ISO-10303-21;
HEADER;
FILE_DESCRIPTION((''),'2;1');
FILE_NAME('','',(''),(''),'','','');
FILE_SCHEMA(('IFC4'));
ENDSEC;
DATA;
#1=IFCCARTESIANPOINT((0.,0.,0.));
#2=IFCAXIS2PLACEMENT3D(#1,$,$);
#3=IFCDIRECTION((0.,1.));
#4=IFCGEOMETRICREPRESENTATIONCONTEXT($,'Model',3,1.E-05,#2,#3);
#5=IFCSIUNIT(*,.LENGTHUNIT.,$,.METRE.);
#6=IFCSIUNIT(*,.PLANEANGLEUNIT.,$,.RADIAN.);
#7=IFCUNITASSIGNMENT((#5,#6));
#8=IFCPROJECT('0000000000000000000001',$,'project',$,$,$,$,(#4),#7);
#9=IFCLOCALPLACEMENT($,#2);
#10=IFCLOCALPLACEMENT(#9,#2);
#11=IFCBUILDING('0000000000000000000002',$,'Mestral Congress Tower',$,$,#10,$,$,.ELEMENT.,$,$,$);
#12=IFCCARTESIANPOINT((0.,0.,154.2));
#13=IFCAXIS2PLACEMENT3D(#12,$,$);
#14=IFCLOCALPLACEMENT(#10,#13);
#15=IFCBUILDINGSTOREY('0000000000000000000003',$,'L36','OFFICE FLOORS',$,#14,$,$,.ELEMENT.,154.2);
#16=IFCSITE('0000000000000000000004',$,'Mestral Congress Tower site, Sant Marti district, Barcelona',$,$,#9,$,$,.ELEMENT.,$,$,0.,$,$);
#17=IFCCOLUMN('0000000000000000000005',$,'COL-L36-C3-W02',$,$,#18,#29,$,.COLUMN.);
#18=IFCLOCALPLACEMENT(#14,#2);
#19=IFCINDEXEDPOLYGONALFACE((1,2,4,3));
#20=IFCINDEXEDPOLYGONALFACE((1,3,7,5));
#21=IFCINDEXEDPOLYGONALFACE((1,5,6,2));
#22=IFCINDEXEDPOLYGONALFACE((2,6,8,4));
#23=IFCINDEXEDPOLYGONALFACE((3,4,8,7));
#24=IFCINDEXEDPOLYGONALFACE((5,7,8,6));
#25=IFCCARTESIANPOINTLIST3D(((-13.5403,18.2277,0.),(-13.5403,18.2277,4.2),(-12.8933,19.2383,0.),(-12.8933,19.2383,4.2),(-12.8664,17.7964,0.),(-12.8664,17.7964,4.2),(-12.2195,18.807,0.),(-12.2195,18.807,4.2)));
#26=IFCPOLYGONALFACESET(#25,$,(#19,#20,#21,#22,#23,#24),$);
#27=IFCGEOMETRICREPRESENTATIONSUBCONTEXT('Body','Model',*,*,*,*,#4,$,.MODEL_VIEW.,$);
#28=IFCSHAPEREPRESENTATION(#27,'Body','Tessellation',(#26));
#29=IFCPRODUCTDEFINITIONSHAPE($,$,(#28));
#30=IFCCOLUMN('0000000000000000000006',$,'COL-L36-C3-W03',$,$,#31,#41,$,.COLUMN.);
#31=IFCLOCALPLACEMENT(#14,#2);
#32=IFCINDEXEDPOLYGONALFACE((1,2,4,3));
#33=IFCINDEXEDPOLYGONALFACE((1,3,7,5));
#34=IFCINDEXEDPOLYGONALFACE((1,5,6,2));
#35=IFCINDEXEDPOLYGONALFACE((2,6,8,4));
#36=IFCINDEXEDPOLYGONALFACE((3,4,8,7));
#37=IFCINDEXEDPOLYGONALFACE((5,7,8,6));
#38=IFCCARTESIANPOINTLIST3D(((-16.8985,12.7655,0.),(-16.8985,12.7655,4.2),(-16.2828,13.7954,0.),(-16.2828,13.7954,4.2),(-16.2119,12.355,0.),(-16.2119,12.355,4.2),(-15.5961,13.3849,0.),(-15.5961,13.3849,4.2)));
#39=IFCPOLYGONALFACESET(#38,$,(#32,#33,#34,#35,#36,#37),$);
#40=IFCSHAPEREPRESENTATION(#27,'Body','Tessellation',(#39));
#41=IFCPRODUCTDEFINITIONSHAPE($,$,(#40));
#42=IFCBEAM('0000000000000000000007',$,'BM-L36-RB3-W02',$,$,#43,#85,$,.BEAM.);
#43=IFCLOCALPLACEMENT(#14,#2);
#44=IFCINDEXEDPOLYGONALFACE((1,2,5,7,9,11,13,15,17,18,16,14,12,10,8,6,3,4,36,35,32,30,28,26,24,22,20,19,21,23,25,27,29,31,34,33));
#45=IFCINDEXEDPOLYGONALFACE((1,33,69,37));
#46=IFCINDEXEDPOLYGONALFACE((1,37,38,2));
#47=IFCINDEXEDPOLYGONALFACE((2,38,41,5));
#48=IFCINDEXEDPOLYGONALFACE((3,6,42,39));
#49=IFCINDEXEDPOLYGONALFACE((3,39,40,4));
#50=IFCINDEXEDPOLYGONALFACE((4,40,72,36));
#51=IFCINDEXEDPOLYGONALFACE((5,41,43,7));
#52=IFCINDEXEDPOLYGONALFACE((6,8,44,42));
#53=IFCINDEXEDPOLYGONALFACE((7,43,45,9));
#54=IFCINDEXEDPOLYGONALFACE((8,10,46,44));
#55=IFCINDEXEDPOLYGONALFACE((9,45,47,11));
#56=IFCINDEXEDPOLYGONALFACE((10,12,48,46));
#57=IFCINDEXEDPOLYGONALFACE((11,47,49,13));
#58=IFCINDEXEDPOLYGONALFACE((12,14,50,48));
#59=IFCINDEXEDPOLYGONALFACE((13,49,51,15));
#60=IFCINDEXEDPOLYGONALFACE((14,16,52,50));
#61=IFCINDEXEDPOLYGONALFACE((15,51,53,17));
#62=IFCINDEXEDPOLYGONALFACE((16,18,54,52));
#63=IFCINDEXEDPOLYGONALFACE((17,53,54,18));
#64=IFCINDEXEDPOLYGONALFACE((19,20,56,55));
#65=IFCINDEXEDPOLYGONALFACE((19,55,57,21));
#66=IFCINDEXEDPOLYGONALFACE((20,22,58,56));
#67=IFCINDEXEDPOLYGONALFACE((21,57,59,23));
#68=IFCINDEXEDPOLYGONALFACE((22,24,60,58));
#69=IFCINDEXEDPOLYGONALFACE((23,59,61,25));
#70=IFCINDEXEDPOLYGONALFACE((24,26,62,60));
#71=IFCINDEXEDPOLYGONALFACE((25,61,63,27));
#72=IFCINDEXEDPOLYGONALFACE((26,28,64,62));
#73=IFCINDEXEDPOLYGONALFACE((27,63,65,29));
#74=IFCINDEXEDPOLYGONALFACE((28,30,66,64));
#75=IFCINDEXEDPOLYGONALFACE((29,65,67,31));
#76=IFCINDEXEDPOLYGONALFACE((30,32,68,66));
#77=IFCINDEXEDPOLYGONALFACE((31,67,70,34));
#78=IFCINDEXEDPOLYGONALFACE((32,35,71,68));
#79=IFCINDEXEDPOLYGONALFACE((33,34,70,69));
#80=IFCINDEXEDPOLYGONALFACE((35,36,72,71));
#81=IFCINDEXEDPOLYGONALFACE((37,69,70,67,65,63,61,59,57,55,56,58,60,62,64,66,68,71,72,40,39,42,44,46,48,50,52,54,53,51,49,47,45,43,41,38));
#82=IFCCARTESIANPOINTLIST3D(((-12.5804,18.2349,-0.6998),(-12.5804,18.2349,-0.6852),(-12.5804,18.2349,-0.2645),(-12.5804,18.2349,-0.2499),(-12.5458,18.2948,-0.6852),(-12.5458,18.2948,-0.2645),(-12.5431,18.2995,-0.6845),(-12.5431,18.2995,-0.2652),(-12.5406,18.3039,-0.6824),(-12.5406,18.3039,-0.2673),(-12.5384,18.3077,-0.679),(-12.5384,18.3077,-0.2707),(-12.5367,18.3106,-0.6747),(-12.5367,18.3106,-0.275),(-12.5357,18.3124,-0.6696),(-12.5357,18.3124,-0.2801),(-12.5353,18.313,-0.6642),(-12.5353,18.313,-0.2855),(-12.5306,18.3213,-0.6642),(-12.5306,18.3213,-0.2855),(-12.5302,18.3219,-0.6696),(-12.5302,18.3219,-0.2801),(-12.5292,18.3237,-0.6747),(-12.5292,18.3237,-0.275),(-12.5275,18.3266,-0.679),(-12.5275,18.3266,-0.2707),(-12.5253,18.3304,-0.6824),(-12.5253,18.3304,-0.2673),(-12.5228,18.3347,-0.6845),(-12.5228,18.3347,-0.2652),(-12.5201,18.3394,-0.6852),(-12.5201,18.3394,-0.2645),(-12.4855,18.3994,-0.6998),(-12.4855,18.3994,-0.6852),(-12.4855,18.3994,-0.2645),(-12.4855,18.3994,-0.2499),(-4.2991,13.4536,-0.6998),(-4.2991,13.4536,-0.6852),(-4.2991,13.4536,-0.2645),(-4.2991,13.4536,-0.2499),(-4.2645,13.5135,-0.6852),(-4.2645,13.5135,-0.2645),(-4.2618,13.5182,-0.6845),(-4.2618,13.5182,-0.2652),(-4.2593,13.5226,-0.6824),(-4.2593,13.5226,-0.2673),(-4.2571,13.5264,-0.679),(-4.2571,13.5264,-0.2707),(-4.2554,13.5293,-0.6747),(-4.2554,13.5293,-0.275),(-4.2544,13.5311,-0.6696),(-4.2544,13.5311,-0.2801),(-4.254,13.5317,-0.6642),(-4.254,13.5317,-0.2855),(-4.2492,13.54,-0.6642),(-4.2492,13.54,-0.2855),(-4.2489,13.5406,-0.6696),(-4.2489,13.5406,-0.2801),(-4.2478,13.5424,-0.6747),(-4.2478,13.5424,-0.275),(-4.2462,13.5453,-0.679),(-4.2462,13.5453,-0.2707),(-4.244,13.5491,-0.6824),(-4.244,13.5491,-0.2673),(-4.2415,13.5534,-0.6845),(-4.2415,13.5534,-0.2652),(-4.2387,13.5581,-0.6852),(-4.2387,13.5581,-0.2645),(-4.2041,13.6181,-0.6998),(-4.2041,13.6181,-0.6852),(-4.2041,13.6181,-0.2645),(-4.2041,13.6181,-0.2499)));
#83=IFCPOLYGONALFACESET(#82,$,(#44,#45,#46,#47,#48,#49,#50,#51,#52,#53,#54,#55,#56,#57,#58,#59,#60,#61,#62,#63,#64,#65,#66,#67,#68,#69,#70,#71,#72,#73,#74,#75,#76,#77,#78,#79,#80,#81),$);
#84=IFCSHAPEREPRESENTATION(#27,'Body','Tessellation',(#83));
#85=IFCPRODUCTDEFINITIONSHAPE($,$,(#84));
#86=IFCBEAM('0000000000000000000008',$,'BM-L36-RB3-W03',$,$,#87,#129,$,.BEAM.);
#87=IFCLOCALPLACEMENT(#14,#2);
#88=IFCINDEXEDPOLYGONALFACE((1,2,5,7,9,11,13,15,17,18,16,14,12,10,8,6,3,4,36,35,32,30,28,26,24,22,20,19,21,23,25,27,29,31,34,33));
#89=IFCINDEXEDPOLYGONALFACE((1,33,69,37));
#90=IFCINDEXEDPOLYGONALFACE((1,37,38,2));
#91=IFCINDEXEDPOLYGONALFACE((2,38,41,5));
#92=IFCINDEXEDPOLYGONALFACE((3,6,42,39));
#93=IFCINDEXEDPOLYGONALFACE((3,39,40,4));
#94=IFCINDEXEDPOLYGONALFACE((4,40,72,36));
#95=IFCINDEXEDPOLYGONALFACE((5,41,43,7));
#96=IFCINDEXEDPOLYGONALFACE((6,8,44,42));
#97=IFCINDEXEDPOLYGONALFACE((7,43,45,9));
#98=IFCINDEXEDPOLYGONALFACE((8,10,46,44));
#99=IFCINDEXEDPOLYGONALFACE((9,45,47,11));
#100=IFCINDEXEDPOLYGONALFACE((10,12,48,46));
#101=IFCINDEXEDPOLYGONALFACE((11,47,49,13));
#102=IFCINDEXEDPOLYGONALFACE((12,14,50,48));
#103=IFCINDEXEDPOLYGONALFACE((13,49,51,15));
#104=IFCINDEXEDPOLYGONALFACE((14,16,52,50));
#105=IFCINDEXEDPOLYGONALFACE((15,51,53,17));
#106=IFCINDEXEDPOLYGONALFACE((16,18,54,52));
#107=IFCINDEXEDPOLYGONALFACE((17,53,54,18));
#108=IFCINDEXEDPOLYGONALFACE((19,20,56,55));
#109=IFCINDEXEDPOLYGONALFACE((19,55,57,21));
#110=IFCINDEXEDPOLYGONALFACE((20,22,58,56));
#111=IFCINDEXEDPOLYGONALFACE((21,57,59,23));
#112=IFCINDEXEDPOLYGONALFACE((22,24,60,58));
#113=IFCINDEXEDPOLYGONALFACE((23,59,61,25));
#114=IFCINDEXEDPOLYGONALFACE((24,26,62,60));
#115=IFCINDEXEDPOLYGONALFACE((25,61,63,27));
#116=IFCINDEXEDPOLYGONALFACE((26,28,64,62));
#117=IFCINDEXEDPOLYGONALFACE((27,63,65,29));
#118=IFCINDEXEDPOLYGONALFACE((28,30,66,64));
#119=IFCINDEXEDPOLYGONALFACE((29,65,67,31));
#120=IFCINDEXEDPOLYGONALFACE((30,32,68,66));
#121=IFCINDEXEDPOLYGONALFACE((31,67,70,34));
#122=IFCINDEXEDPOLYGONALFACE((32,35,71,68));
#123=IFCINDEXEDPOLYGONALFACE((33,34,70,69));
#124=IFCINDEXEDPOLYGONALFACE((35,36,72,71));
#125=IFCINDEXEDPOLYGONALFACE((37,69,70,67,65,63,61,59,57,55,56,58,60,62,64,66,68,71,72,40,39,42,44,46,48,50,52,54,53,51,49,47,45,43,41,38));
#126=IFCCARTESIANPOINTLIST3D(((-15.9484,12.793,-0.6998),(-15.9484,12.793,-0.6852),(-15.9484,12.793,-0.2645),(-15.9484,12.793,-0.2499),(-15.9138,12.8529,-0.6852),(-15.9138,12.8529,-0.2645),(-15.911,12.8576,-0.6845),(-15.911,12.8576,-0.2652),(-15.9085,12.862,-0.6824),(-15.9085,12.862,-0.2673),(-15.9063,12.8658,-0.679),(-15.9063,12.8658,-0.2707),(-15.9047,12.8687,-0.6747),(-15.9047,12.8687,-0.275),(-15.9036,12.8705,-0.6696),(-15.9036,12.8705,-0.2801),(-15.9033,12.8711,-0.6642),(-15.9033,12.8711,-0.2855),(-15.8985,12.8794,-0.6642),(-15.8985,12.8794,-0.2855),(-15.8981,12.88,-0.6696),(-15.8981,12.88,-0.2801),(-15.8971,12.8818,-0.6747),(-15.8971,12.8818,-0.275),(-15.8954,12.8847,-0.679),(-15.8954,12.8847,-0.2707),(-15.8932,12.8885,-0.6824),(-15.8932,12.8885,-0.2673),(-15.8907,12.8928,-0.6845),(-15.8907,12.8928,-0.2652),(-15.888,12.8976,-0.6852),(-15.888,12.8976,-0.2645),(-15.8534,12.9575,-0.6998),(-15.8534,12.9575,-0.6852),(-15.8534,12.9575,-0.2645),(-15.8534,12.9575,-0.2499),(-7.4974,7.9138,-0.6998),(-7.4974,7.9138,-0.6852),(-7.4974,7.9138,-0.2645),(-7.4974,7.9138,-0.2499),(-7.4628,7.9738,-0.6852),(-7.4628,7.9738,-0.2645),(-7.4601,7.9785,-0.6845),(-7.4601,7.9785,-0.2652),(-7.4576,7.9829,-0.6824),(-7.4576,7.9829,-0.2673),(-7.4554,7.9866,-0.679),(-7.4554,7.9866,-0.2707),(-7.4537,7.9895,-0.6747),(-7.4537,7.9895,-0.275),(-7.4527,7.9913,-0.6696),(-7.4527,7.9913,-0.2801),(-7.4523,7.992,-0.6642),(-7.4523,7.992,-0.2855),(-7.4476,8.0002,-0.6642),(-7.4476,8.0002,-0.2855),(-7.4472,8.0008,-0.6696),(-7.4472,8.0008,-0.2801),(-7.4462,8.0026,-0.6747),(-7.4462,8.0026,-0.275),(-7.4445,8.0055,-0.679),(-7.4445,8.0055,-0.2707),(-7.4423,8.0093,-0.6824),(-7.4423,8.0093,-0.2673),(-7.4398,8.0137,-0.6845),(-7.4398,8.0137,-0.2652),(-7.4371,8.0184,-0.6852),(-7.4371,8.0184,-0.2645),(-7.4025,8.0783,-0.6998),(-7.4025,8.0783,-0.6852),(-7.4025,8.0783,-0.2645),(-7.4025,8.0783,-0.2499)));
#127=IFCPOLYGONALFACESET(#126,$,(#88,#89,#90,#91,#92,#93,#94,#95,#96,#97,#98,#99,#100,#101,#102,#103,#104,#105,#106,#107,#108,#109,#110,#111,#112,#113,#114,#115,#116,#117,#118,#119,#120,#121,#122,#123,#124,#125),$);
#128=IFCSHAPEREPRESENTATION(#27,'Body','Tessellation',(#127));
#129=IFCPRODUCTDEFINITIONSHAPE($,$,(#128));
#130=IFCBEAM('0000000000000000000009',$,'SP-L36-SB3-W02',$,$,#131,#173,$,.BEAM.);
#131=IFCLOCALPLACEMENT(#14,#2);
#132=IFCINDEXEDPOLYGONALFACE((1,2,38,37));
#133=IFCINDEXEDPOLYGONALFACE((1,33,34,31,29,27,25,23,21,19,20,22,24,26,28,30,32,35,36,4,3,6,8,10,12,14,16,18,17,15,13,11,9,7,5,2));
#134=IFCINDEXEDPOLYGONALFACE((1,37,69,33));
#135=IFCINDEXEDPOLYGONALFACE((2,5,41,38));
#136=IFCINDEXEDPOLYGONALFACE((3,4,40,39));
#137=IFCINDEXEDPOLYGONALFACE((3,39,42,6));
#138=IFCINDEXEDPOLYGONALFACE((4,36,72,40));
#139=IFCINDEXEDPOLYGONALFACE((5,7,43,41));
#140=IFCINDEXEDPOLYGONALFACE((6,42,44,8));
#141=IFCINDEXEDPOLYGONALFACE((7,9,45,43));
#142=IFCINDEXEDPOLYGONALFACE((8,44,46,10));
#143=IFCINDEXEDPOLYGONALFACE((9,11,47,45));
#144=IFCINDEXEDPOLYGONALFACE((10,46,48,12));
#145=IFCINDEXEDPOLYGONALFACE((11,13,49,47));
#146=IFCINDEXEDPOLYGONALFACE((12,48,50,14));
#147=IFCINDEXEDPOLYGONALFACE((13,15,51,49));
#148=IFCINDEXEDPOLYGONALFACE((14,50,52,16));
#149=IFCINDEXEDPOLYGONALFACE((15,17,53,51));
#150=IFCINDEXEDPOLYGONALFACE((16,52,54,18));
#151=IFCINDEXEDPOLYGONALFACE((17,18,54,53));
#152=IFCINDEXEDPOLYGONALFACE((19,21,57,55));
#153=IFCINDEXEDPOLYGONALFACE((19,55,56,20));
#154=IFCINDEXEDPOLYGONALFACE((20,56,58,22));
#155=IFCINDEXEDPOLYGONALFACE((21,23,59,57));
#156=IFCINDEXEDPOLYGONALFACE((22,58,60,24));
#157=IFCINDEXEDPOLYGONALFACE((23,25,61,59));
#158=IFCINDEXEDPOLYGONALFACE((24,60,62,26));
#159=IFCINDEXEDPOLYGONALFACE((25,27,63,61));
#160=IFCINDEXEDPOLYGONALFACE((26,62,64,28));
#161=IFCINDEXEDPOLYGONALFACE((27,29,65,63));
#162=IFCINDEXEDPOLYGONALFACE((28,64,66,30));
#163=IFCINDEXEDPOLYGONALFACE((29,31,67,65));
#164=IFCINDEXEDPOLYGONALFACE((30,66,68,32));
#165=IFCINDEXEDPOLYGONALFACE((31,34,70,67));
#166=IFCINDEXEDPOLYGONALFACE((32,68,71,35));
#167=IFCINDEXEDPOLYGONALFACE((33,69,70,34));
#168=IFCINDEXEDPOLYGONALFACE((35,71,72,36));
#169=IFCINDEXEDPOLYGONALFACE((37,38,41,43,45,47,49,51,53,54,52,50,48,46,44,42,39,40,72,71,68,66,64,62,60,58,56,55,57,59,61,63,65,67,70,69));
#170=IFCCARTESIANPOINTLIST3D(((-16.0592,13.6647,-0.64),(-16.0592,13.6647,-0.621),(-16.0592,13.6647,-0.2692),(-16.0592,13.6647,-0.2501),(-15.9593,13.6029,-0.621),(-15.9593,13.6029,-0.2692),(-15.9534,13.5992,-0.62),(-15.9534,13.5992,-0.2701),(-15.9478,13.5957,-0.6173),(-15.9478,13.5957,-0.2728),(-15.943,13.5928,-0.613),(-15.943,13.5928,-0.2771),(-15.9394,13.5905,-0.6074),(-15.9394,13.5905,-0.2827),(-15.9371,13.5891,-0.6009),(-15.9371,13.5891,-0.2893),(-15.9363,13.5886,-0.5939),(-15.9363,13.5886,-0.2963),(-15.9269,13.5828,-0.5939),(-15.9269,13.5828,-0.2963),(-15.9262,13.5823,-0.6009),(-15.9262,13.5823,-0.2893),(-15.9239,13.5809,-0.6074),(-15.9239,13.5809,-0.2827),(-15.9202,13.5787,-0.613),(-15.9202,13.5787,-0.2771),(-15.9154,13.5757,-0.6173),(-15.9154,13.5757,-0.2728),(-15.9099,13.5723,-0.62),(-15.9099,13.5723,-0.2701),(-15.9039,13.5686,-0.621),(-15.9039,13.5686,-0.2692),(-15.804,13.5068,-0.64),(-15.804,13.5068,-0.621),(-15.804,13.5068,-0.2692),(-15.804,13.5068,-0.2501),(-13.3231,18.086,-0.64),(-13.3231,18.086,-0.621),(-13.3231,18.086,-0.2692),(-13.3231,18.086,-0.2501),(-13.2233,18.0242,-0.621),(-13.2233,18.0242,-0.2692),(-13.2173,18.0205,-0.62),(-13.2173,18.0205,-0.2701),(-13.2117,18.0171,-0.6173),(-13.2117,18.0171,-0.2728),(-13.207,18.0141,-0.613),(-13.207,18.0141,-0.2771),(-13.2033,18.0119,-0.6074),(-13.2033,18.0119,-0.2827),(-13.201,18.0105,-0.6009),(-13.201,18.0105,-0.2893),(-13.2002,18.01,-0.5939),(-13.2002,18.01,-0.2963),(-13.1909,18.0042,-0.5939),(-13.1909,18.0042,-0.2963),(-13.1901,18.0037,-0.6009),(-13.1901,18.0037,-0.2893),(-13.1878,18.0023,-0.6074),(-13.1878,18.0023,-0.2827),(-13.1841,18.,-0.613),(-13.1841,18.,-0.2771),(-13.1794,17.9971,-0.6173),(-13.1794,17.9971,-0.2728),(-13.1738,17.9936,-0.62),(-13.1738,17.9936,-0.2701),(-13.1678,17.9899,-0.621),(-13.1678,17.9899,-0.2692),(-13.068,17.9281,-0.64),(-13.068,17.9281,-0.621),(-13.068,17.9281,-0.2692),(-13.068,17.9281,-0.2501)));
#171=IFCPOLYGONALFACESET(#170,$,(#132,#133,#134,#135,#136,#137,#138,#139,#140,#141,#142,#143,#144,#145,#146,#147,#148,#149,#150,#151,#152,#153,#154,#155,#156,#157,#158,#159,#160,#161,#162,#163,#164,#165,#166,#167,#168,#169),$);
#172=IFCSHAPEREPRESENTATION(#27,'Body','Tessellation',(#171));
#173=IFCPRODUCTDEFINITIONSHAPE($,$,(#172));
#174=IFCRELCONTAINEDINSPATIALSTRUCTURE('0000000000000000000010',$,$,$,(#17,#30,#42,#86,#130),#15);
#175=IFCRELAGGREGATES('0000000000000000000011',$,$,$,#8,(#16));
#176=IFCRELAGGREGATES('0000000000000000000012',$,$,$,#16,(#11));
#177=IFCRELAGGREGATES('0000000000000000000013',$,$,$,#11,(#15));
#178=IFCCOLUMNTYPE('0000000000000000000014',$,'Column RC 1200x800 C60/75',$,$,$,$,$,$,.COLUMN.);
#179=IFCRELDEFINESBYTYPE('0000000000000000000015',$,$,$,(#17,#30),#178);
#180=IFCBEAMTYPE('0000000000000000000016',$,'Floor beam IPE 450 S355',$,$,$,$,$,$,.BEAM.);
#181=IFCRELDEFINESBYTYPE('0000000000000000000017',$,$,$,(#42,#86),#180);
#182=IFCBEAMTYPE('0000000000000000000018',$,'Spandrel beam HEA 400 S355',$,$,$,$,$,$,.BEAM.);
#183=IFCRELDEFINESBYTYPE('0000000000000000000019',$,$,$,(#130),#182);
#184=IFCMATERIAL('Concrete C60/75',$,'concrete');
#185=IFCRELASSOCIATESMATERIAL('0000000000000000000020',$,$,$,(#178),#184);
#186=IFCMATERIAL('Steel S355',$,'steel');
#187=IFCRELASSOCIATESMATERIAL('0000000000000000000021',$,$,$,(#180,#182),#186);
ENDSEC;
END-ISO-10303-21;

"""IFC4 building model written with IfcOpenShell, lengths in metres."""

from ifc_helpers import new_model, si_unit, direction, frame, origin, origin_2d, place, context, subcontext, project, spatial, rectangle, i_section, extrude, material, material_profile, profile_set, type_object, element, save


model = new_model("IFC4")

# Units and contexts
model_context = context("Model", 3, precision=1e-05, world=origin(), true_north=direction((0.0, 1.0)))
body_context = subcontext(model_context, "Body", "Model", "MODEL_VIEW")
ifc_project = project(units=[si_unit("LENGTHUNIT", "METRE"), si_unit("PLANEANGLEUNIT", "RADIAN")], contexts=[model_context])

# Site, building, storey
site_placement = place(None, origin())
site = spatial("IfcSite", under=ifc_project, at=site_placement, Name="Mestral Congress Tower site, Sant Marti district, Barcelona", CompositionType="ELEMENT", RefElevation=0.0)
building_placement = place(site_placement, origin())
building = spatial("IfcBuilding", under=site, at=building_placement, Name="Mestral Congress Tower", CompositionType="ELEMENT")
storey_placement = place(building_placement, frame((0.0, 0.0, 154.2)))
storey = spatial("IfcBuildingStorey", under=building, at=storey_placement, Name="L36", Description="OFFICE FLOORS", CompositionType="ELEMENT", Elevation=154.2)

# Columns
ifc_material_1 = material(Name="Concrete C60/75", Category="concrete")
ifc_material_profile_1 = material_profile(ifc_material_1, rectangle(XDim=1.2, YDim=0.8, at=origin_2d()), Name="RC 1200x800")
ifc_profile_set_1 = profile_set([ifc_material_profile_1], Name="Concrete C60/75")
column_type = type_object("IfcColumnType", Name="Column RC 1200x800 C60/75", PredefinedType="COLUMN", material=ifc_profile_set_1)
for number, where, z_axis, x_axis, name in (
    (1, (-12.8799, 18.5173, 0.0), (0.0, 0.0, 1.0), (-0.539115, -0.842232, 0.0), "COL-L36-C3-W02"),
    (2, (-16.2473, 13.0752, 0.0), (0.0, 0.0, 1.0), (-0.513159, -0.858293, 0.0), "COL-L36-C3-W03"),
):
    element("IfcColumn", number, at=place(storey_placement, frame(where, z_axis=z_axis, x_axis=x_axis)), inside=storey, type_object=column_type, Name=name, PredefinedType="COLUMN", context=body_context, shape_type="SweptSolid", body=[
        extrude(rectangle(XDim=1.2, YDim=0.8, at=origin_2d()), origin(), (0.0, 0.0, 1.0), 4.2),
    ])

# Beams
ifc_material_2 = material(Name="Steel S355", Category="steel")
ifc_material_profile_2 = material_profile(ifc_material_2, i_section(OverallWidth=0.1899, OverallDepth=0.45, WebThickness=0.0095, FlangeThickness=0.0146, FilletRadius=0.021, at=origin_2d()), Name="IPE 450")
ifc_profile_set_2 = profile_set([ifc_material_profile_2], Name="Steel S355")
beam_type_1 = type_object("IfcBeamType", Name="Floor beam IPE 450 S355", PredefinedType="BEAM", material=ifc_profile_set_2)
beam_1_placement = place(storey_placement, frame((-12.533, 18.3171, -0.4749), z_axis=(0.866022, -0.500005, 0.0), x_axis=(0.500005, 0.866022, 0.0)))
element("IfcBeam", 3, at=beam_1_placement, inside=storey, type_object=beam_type_1, Name="BM-L36-RB3-W02", PredefinedType="BEAM", context=body_context, shape_type="SweptSolid", body=[
    extrude(i_section(OverallWidth=0.1899, OverallDepth=0.45, WebThickness=0.0095, FlangeThickness=0.0146, FilletRadius=0.021, at=origin_2d()), origin(), (0.0, 0.0, 1.0), 9.5625),
])
beam_2_placement = place(storey_placement, frame((-15.9009, 12.8752, -0.4749), z_axis=(0.866025, -0.5, 0.0), x_axis=(0.5, 0.866025, 0.0)))
element("IfcBeam", 4, at=beam_2_placement, inside=storey, type_object=beam_type_1, Name="BM-L36-RB3-W03", PredefinedType="BEAM", context=body_context, shape_type="SweptSolid", body=[
    extrude(i_section(OverallWidth=0.1899, OverallDepth=0.45, WebThickness=0.0095, FlangeThickness=0.0146, FilletRadius=0.021, at=origin_2d()), origin(), (0.0, 0.0, 1.0), 9.7583),
])
ifc_material_profile_3 = material_profile(ifc_material_2, i_section(OverallWidth=0.3, OverallDepth=0.3899, WebThickness=0.011, FlangeThickness=0.019, FilletRadius=0.0271, at=origin_2d()), Name="HEA 400")
ifc_profile_set_3 = profile_set([ifc_material_profile_3], Name="Steel S355")
beam_type_2 = type_object("IfcBeamType", Name="Spandrel beam HEA 400 S355", PredefinedType="BEAM", material=ifc_profile_set_3)
beam_3_placement = place(storey_placement, frame((-13.1956, 18.0071, -0.4451), z_axis=(-0.52622, -0.850348, 0.0), x_axis=(0.850348, -0.52622, 0.0)))
element("IfcBeam", 5, at=beam_3_placement, inside=storey, type_object=beam_type_2, Name="SP-L36-SB3-W02", PredefinedType="BEAM", context=body_context, shape_type="SweptSolid", body=[
    extrude(i_section(OverallWidth=0.3, OverallDepth=0.3899, WebThickness=0.011, FlangeThickness=0.019, FilletRadius=0.0271, at=origin_2d()), origin(), (0.0, 0.0, 1.0), 5.1995),
])

save(model, "model.ifc")
